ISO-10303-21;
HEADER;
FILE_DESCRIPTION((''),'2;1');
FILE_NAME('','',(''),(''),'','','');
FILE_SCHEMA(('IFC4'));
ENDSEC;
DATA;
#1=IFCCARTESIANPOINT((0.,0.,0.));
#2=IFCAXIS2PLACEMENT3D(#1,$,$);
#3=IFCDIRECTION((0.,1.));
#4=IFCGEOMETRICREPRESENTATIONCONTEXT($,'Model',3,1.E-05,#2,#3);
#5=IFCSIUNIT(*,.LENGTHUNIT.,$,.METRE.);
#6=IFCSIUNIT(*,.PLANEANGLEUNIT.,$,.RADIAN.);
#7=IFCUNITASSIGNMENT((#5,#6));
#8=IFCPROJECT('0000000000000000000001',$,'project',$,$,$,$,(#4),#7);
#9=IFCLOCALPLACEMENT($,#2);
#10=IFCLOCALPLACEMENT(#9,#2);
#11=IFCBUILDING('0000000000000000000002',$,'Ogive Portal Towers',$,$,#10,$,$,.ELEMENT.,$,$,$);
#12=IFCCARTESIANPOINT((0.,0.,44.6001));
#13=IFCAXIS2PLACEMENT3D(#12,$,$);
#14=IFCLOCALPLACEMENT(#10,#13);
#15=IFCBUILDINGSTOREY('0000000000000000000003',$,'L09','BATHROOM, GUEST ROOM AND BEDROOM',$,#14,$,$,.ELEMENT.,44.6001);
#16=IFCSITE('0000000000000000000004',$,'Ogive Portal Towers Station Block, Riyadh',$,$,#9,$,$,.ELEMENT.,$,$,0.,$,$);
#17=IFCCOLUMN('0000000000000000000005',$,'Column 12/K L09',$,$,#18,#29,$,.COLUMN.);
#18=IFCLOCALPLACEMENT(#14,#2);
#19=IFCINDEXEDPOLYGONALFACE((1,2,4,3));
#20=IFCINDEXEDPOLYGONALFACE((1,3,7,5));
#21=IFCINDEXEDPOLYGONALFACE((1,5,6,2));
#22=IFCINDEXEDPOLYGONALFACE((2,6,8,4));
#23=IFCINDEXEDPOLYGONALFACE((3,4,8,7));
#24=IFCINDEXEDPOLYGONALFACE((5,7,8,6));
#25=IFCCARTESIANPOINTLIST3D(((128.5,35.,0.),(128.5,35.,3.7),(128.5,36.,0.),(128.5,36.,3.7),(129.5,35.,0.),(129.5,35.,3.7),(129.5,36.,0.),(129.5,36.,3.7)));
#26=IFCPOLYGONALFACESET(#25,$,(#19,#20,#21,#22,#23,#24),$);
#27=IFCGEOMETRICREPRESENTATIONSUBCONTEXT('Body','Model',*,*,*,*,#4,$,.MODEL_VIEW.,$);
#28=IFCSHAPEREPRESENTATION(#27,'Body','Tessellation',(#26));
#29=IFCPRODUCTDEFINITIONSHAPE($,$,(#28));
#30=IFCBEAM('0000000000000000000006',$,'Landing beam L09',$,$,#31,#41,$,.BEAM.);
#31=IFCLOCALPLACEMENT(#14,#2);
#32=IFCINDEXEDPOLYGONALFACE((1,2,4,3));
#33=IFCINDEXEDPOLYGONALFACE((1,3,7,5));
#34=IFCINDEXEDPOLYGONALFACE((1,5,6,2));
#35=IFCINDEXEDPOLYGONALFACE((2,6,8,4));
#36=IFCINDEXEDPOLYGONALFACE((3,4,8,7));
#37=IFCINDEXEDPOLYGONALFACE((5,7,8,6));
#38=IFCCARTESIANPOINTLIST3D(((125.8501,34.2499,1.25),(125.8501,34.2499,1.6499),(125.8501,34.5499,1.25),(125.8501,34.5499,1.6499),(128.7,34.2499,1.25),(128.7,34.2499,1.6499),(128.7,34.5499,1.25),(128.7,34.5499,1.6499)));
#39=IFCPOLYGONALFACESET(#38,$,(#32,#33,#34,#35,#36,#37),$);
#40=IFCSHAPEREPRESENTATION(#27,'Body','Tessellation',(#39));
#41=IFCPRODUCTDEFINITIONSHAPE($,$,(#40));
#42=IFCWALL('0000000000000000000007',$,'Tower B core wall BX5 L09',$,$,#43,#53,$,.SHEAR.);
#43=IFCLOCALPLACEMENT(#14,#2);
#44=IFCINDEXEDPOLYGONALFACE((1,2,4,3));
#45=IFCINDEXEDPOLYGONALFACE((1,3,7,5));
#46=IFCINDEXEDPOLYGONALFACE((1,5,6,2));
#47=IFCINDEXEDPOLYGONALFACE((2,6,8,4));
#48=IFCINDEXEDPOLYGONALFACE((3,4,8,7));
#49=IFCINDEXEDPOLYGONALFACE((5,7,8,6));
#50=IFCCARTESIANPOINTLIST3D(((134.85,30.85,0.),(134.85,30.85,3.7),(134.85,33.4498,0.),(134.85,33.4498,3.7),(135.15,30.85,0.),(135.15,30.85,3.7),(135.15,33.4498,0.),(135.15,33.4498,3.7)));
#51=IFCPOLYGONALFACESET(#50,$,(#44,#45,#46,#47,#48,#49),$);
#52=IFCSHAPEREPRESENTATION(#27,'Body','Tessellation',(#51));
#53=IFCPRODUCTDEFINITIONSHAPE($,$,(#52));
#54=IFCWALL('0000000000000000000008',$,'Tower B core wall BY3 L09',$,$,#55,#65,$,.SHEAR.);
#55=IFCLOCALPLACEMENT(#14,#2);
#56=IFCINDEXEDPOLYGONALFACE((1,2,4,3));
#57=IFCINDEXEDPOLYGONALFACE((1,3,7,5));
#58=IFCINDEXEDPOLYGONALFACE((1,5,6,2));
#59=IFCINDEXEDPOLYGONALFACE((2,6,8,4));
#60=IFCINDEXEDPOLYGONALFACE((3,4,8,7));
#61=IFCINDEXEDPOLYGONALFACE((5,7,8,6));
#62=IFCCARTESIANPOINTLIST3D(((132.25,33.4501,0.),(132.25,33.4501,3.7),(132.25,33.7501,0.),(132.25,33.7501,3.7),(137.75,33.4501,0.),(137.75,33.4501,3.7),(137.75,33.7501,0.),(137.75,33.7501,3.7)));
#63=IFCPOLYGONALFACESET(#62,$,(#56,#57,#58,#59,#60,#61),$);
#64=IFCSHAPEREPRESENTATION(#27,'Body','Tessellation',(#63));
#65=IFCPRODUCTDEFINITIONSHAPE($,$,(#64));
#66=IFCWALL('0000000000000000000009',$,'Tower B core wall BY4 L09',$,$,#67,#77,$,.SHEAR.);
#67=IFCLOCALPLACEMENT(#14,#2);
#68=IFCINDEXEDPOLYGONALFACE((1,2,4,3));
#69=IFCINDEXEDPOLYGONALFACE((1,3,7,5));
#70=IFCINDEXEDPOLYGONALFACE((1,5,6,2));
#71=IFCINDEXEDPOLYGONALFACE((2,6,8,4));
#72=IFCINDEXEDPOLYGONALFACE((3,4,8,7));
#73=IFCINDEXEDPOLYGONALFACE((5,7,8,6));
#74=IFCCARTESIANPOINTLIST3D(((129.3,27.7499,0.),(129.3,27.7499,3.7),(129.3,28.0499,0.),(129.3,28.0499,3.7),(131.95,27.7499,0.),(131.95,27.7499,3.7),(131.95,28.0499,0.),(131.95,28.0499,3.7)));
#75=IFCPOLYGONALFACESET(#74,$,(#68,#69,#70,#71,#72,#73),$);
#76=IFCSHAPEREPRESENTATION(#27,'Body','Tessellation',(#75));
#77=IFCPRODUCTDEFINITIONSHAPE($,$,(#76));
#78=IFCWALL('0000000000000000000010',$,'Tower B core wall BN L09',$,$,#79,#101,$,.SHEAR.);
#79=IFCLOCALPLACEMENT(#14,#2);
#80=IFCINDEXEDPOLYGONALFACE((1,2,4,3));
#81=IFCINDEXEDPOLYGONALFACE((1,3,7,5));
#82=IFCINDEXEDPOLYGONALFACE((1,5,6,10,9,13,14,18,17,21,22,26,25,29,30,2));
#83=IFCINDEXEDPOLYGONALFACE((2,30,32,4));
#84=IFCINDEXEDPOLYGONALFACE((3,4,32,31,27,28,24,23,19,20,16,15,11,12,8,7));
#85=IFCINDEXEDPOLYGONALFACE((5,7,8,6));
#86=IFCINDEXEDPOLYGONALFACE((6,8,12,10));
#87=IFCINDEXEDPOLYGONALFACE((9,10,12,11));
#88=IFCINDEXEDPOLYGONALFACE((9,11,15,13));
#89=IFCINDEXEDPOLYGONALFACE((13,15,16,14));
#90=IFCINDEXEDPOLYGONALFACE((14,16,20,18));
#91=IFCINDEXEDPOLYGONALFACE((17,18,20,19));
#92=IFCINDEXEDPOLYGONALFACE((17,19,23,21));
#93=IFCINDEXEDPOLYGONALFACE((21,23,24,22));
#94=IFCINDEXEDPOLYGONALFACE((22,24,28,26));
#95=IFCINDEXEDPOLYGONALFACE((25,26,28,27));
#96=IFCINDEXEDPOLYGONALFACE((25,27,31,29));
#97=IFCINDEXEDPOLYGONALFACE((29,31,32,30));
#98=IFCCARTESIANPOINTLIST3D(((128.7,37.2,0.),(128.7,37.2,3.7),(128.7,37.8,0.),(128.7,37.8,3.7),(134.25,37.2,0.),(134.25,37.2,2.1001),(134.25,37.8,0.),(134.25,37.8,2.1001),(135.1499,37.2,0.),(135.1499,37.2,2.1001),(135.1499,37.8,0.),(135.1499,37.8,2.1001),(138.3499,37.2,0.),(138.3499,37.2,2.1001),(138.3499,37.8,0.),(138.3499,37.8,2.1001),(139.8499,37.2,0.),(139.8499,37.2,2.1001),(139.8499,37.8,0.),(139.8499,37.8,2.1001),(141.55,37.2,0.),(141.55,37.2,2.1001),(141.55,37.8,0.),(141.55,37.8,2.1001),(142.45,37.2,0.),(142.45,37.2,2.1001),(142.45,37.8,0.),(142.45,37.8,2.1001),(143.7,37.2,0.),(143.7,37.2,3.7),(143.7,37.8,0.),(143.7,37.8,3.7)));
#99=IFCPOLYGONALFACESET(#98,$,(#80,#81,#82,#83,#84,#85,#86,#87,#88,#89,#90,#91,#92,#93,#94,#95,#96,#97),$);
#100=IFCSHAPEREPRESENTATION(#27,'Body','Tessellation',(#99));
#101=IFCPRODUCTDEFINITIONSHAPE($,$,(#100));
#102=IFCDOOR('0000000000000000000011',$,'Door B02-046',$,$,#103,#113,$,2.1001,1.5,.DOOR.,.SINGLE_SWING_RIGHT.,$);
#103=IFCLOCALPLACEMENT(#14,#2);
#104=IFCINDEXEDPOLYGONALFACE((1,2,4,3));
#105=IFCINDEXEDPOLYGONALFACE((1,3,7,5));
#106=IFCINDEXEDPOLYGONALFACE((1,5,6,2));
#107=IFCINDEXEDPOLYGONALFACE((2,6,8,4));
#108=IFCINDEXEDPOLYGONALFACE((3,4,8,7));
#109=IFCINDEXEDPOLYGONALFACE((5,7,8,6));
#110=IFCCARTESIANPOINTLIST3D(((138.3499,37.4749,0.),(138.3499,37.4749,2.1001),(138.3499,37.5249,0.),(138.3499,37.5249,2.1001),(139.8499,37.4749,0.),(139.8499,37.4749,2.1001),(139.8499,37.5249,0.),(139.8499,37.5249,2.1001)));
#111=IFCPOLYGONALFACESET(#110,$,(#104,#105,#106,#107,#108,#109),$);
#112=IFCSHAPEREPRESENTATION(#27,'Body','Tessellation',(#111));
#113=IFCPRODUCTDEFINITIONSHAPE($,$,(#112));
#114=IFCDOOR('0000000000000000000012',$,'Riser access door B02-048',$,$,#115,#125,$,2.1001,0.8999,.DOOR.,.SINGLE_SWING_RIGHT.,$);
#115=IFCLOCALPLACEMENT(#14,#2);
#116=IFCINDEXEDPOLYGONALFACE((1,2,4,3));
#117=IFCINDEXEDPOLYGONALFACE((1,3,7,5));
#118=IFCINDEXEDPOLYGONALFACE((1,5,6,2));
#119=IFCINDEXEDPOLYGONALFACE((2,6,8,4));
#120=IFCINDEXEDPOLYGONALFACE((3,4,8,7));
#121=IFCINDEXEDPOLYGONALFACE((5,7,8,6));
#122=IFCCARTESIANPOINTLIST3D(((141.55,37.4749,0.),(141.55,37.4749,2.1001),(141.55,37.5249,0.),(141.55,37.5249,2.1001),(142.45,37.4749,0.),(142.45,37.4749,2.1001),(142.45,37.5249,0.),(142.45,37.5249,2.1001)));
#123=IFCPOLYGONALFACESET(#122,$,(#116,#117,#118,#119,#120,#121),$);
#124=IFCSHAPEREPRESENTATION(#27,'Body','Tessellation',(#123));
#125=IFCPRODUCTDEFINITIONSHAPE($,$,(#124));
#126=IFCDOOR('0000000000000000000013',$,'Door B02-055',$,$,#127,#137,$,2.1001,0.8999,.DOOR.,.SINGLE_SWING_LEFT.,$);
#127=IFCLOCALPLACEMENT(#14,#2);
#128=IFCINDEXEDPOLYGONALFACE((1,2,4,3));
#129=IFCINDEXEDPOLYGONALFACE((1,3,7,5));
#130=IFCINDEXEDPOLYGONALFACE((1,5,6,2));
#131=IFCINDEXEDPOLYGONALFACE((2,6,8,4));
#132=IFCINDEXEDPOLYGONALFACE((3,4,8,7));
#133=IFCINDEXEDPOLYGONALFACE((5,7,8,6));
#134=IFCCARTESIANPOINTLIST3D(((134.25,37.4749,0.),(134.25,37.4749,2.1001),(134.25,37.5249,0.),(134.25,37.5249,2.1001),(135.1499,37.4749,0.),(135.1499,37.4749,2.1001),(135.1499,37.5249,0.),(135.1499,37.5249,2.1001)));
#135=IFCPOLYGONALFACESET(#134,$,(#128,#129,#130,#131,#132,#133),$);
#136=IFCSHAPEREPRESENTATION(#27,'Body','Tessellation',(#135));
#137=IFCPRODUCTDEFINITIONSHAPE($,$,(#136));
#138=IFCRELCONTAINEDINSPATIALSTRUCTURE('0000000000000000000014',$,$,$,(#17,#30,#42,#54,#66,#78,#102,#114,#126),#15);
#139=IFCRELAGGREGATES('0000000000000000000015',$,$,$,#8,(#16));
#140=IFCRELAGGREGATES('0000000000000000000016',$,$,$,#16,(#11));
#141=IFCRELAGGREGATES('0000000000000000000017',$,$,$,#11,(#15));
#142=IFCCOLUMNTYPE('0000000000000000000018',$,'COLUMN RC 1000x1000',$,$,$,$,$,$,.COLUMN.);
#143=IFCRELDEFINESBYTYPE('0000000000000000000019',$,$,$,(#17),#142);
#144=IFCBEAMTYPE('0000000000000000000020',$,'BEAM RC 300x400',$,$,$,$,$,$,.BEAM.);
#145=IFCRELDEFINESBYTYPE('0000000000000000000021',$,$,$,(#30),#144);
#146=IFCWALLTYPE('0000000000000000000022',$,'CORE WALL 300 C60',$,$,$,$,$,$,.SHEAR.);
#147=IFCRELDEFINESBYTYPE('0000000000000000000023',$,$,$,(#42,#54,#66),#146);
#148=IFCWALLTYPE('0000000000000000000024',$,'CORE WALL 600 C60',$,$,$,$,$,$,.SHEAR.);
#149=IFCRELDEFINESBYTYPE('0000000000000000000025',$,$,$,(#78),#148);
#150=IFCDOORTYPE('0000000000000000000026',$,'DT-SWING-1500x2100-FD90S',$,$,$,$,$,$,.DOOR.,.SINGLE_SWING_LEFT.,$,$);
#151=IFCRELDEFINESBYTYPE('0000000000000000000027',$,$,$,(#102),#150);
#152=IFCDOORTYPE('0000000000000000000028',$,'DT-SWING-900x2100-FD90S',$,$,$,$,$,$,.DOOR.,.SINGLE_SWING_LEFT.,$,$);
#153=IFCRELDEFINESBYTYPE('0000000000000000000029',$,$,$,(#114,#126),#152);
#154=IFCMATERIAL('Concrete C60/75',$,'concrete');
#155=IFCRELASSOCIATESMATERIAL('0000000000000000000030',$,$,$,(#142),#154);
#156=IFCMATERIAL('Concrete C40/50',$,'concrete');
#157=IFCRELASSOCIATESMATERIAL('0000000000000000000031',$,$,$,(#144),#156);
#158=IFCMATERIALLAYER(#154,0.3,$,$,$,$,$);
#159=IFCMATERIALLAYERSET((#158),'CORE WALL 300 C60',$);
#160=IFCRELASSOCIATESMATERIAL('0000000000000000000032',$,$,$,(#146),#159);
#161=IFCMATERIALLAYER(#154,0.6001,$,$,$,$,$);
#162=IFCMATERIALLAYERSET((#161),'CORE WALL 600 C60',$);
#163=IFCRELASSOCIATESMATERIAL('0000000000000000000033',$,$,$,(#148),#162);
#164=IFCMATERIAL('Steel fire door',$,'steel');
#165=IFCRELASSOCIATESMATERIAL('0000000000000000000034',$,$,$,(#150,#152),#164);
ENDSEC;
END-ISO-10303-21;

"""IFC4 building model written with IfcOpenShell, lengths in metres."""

from ifc_helpers import new_model, si_unit, direction, frame, frame_2d, origin, origin_2d, place, context, subcontext, project, spatial, rectangle, extrude, material, layer, layer_set, material_profile, profile_set, type_object, element, fill, save


model = new_model("IFC4")

# Units and contexts
model_context = context("Model", 3, precision=1e-05, world=origin(), true_north=direction((0.0, 1.0)))
body_context = subcontext(model_context, "Body", "Model", "MODEL_VIEW")
ifc_project = project(units=[si_unit("LENGTHUNIT", "METRE"), si_unit("PLANEANGLEUNIT", "RADIAN")], contexts=[model_context])

# Site, building, storey
site_placement = place(None, origin())
site = spatial("IfcSite", under=ifc_project, at=site_placement, Name="Ogive Portal Towers Station Block, Riyadh", CompositionType="ELEMENT", RefElevation=0.0)
building_placement = place(site_placement, origin())
building = spatial("IfcBuilding", under=site, at=building_placement, Name="Ogive Portal Towers", CompositionType="ELEMENT")
storey_placement = place(building_placement, frame((0.0, 0.0, 44.6001)))
storey = spatial("IfcBuildingStorey", under=building, at=storey_placement, Name="L09", Description="BATHROOM, GUEST ROOM AND BEDROOM", CompositionType="ELEMENT", Elevation=44.6001)

# Column
ifc_material_1 = material(Name="Concrete C60/75", Category="concrete")
ifc_material_profile_1 = material_profile(ifc_material_1, rectangle(XDim=1.0, YDim=1.0, at=origin_2d()), Name="RC 1000x1000")
ifc_profile_set_1 = profile_set([ifc_material_profile_1], Name="Concrete C60/75")
column_type = type_object("IfcColumnType", Name="COLUMN RC 1000x1000", PredefinedType="COLUMN", material=ifc_profile_set_1)
column_placement = place(storey_placement, frame((129.0, 35.5, 0.0), z_axis=(0.0, 0.0, 1.0), x_axis=(1.0, 0.0, 0.0)))
element("IfcColumn", 1, at=column_placement, inside=storey, type_object=column_type, Name="Column 12/K L09", PredefinedType="COLUMN", context=body_context, shape_type="SweptSolid", body=[
    extrude(rectangle(XDim=1.0, YDim=1.0, at=origin_2d()), origin(), (0.0, 0.0, 1.0), 3.7),
])

# Beam
ifc_material_2 = material(Name="Concrete C40/50", Category="concrete")
ifc_material_profile_2 = material_profile(ifc_material_2, rectangle(XDim=0.3, YDim=0.3999, at=origin_2d()), Name="RC 300x400")
ifc_profile_set_2 = profile_set([ifc_material_profile_2], Name="Concrete C40/50")
beam_type = type_object("IfcBeamType", Name="BEAM RC 300x400", PredefinedType="BEAM", material=ifc_profile_set_2)
beam_placement = place(storey_placement, frame((125.8501, 34.3999, 1.45), z_axis=(1.0, 0.0, 0.0), x_axis=(0.0, 1.0, 0.0)))
element("IfcBeam", 2, at=beam_placement, inside=storey, type_object=beam_type, Name="Landing beam L09", PredefinedType="BEAM", context=body_context, shape_type="SweptSolid", body=[
    extrude(rectangle(XDim=0.3, YDim=0.3999, at=origin_2d()), origin(), (0.0, 0.0, 1.0), 2.8499),
])

# Wall
ifc_layer_1 = layer(ifc_material_1, 0.3)
ifc_layer_set_1 = layer_set([ifc_layer_1], Name="CORE WALL 300 C60")
wall_type_1 = type_object("IfcWallType", Name="CORE WALL 300 C60", PredefinedType="SHEAR", material=ifc_layer_set_1)
wall_1_placement = place(storey_placement, frame((135.0, 30.8501, 0.0), z_axis=(0.0, 0.0, 1.0), x_axis=(0.0, 1.0, 0.0)))
element("IfcWall", 3, at=wall_1_placement, inside=storey, type_object=wall_type_1, Name="Tower B core wall BX5 L09", PredefinedType="SHEAR", context=body_context, shape_type="SweptSolid", body=[
    extrude(rectangle(XDim=2.5999, YDim=0.3, at=frame_2d((1.2998, 0.0))), origin(), (0.0, 0.0, 1.0), 3.7),
])

# Walls
wall_2_placement = place(storey_placement, frame((132.25, 33.6001, 0.0), z_axis=(0.0, 0.0, 1.0), x_axis=(1.0, 0.0, 0.0)))
element("IfcWall", 4, at=wall_2_placement, inside=storey, type_object=wall_type_1, Name="Tower B core wall BY3 L09", PredefinedType="SHEAR", context=body_context, shape_type="SweptSolid", body=[
    extrude(rectangle(XDim=5.5, YDim=0.3, at=frame_2d((2.75, 0.0))), origin(), (0.0, 0.0, 1.0), 3.7),
])
wall_3_placement = place(storey_placement, frame((129.3, 27.8999, 0.0), z_axis=(0.0, 0.0, 1.0), x_axis=(1.0, 0.0, 0.0)))
element("IfcWall", 5, at=wall_3_placement, inside=storey, type_object=wall_type_1, Name="Tower B core wall BY4 L09", PredefinedType="SHEAR", context=body_context, shape_type="SweptSolid", body=[
    extrude(rectangle(XDim=2.6499, YDim=0.3, at=frame_2d((1.325, 0.0))), origin(), (0.0, 0.0, 1.0), 3.7),
])

# Wall, openings, doors
ifc_layer_2 = layer(ifc_material_1, 0.6001)
ifc_layer_set_2 = layer_set([ifc_layer_2], Name="CORE WALL 600 C60")
wall_type_2 = type_object("IfcWallType", Name="CORE WALL 600 C60", PredefinedType="SHEAR", material=ifc_layer_set_2)
wall_4_placement = place(storey_placement, frame((128.7, 37.5, 0.0), z_axis=(0.0, 0.0, 1.0), x_axis=(1.0, 0.0, 0.0)))
wall_4 = element("IfcWall", 6, at=wall_4_placement, inside=storey, type_object=wall_type_2, Name="Tower B core wall BN L09", PredefinedType="SHEAR", context=body_context, shape_type="SweptSolid", body=[
    extrude(rectangle(XDim=15.0, YDim=0.6001, at=frame_2d((7.5, 0.0))), origin(), (0.0, 0.0, 1.0), 3.7),
])
opening_1_placement = place(wall_4_placement, frame((9.6499, 0.0, 0.0)))
opening_1 = element("IfcOpeningElement", 7, at=opening_1_placement, cuts=wall_4, PredefinedType="OPENING", context=body_context, shape_type="SweptSolid", body=[
    extrude(rectangle(XDim=1.5, YDim=2.1001, at=frame_2d((0.75, 1.05))), frame((0.0, 0.3101, 0.0), z_axis=(0.0, -1.0, 0.0), x_axis=(1.0, 0.0, 0.0)), (0.0, 0.0, 1.0), 0.6201),
])
opening_2_placement = place(wall_4_placement, frame((12.8501, 0.0, 0.0)))
opening_2 = element("IfcOpeningElement", 8, at=opening_2_placement, cuts=wall_4, PredefinedType="OPENING", context=body_context, shape_type="SweptSolid", body=[
    extrude(rectangle(XDim=0.8999, YDim=2.1001, at=frame_2d((0.45, 1.05))), frame((0.0, 0.3101, 0.0), z_axis=(0.0, -1.0, 0.0), x_axis=(1.0, 0.0, 0.0)), (0.0, 0.0, 1.0), 0.6201),
])
opening_3_placement = place(wall_4_placement, frame((5.55, 0.0, 0.0)))
opening_3 = element("IfcOpeningElement", 9, at=opening_3_placement, cuts=wall_4, PredefinedType="OPENING", context=body_context, shape_type="SweptSolid", body=[
    extrude(rectangle(XDim=0.8999, YDim=2.1001, at=frame_2d((0.45, 1.05))), frame((0.0, 0.3101, 0.0), z_axis=(0.0, -1.0, 0.0), x_axis=(1.0, 0.0, 0.0)), (0.0, 0.0, 1.0), 0.6201),
])
ifc_material_3 = material(Name="Steel fire door", Category="steel")
door_type_1 = type_object("IfcDoorType", Name="DT-SWING-1500x2100-FD90S", OperationType="SINGLE_SWING_LEFT", PredefinedType="DOOR", material=ifc_material_3)
door_1_placement = place(opening_1_placement, origin())
door_1 = element("IfcDoor", 10, at=door_1_placement, inside=storey, type_object=door_type_1, Name="Door B02-046", OperationType="SINGLE_SWING_RIGHT", OverallHeight=2.1001, OverallWidth=1.5, PredefinedType="DOOR", context=body_context, shape_type="SweptSolid", body=[
    extrude(rectangle(XDim=1.5, YDim=2.1001, at=frame_2d((0.75, 1.05))), frame((0.0, 0.0249, 0.0), z_axis=(0.0, -1.0, 0.0), x_axis=(1.0, 0.0, 0.0)), (0.0, 0.0, 1.0), 0.05),
])
fill(opening_1, door_1)
door_type_2 = type_object("IfcDoorType", Name="DT-SWING-900x2100-FD90S", OperationType="SINGLE_SWING_LEFT", PredefinedType="DOOR", material=ifc_material_3)
door_2_placement = place(opening_2_placement, origin())
door_2 = element("IfcDoor", 11, at=door_2_placement, inside=storey, type_object=door_type_2, Name="Riser access door B02-048", OperationType="SINGLE_SWING_RIGHT", OverallHeight=2.1001, OverallWidth=0.8999, PredefinedType="DOOR", context=body_context, shape_type="SweptSolid", body=[
    extrude(rectangle(XDim=0.8999, YDim=2.1001, at=frame_2d((0.45, 1.05))), frame((0.0, 0.0249, 0.0), z_axis=(0.0, -1.0, 0.0), x_axis=(1.0, 0.0, 0.0)), (0.0, 0.0, 1.0), 0.05),
])
fill(opening_2, door_2)
door_3_placement = place(opening_3_placement, origin())
door_3 = element("IfcDoor", 12, at=door_3_placement, inside=storey, type_object=door_type_2, Name="Door B02-055", OperationType="SINGLE_SWING_LEFT", OverallHeight=2.1001, OverallWidth=0.8999, PredefinedType="DOOR", context=body_context, shape_type="SweptSolid", body=[
    extrude(rectangle(XDim=0.8999, YDim=2.1001, at=frame_2d((0.45, 1.05))), frame((0.0, 0.0249, 0.0), z_axis=(0.0, -1.0, 0.0), x_axis=(1.0, 0.0, 0.0)), (0.0, 0.0, 1.0), 0.05),
])
fill(opening_3, door_3)

save(model, "model.ifc")
